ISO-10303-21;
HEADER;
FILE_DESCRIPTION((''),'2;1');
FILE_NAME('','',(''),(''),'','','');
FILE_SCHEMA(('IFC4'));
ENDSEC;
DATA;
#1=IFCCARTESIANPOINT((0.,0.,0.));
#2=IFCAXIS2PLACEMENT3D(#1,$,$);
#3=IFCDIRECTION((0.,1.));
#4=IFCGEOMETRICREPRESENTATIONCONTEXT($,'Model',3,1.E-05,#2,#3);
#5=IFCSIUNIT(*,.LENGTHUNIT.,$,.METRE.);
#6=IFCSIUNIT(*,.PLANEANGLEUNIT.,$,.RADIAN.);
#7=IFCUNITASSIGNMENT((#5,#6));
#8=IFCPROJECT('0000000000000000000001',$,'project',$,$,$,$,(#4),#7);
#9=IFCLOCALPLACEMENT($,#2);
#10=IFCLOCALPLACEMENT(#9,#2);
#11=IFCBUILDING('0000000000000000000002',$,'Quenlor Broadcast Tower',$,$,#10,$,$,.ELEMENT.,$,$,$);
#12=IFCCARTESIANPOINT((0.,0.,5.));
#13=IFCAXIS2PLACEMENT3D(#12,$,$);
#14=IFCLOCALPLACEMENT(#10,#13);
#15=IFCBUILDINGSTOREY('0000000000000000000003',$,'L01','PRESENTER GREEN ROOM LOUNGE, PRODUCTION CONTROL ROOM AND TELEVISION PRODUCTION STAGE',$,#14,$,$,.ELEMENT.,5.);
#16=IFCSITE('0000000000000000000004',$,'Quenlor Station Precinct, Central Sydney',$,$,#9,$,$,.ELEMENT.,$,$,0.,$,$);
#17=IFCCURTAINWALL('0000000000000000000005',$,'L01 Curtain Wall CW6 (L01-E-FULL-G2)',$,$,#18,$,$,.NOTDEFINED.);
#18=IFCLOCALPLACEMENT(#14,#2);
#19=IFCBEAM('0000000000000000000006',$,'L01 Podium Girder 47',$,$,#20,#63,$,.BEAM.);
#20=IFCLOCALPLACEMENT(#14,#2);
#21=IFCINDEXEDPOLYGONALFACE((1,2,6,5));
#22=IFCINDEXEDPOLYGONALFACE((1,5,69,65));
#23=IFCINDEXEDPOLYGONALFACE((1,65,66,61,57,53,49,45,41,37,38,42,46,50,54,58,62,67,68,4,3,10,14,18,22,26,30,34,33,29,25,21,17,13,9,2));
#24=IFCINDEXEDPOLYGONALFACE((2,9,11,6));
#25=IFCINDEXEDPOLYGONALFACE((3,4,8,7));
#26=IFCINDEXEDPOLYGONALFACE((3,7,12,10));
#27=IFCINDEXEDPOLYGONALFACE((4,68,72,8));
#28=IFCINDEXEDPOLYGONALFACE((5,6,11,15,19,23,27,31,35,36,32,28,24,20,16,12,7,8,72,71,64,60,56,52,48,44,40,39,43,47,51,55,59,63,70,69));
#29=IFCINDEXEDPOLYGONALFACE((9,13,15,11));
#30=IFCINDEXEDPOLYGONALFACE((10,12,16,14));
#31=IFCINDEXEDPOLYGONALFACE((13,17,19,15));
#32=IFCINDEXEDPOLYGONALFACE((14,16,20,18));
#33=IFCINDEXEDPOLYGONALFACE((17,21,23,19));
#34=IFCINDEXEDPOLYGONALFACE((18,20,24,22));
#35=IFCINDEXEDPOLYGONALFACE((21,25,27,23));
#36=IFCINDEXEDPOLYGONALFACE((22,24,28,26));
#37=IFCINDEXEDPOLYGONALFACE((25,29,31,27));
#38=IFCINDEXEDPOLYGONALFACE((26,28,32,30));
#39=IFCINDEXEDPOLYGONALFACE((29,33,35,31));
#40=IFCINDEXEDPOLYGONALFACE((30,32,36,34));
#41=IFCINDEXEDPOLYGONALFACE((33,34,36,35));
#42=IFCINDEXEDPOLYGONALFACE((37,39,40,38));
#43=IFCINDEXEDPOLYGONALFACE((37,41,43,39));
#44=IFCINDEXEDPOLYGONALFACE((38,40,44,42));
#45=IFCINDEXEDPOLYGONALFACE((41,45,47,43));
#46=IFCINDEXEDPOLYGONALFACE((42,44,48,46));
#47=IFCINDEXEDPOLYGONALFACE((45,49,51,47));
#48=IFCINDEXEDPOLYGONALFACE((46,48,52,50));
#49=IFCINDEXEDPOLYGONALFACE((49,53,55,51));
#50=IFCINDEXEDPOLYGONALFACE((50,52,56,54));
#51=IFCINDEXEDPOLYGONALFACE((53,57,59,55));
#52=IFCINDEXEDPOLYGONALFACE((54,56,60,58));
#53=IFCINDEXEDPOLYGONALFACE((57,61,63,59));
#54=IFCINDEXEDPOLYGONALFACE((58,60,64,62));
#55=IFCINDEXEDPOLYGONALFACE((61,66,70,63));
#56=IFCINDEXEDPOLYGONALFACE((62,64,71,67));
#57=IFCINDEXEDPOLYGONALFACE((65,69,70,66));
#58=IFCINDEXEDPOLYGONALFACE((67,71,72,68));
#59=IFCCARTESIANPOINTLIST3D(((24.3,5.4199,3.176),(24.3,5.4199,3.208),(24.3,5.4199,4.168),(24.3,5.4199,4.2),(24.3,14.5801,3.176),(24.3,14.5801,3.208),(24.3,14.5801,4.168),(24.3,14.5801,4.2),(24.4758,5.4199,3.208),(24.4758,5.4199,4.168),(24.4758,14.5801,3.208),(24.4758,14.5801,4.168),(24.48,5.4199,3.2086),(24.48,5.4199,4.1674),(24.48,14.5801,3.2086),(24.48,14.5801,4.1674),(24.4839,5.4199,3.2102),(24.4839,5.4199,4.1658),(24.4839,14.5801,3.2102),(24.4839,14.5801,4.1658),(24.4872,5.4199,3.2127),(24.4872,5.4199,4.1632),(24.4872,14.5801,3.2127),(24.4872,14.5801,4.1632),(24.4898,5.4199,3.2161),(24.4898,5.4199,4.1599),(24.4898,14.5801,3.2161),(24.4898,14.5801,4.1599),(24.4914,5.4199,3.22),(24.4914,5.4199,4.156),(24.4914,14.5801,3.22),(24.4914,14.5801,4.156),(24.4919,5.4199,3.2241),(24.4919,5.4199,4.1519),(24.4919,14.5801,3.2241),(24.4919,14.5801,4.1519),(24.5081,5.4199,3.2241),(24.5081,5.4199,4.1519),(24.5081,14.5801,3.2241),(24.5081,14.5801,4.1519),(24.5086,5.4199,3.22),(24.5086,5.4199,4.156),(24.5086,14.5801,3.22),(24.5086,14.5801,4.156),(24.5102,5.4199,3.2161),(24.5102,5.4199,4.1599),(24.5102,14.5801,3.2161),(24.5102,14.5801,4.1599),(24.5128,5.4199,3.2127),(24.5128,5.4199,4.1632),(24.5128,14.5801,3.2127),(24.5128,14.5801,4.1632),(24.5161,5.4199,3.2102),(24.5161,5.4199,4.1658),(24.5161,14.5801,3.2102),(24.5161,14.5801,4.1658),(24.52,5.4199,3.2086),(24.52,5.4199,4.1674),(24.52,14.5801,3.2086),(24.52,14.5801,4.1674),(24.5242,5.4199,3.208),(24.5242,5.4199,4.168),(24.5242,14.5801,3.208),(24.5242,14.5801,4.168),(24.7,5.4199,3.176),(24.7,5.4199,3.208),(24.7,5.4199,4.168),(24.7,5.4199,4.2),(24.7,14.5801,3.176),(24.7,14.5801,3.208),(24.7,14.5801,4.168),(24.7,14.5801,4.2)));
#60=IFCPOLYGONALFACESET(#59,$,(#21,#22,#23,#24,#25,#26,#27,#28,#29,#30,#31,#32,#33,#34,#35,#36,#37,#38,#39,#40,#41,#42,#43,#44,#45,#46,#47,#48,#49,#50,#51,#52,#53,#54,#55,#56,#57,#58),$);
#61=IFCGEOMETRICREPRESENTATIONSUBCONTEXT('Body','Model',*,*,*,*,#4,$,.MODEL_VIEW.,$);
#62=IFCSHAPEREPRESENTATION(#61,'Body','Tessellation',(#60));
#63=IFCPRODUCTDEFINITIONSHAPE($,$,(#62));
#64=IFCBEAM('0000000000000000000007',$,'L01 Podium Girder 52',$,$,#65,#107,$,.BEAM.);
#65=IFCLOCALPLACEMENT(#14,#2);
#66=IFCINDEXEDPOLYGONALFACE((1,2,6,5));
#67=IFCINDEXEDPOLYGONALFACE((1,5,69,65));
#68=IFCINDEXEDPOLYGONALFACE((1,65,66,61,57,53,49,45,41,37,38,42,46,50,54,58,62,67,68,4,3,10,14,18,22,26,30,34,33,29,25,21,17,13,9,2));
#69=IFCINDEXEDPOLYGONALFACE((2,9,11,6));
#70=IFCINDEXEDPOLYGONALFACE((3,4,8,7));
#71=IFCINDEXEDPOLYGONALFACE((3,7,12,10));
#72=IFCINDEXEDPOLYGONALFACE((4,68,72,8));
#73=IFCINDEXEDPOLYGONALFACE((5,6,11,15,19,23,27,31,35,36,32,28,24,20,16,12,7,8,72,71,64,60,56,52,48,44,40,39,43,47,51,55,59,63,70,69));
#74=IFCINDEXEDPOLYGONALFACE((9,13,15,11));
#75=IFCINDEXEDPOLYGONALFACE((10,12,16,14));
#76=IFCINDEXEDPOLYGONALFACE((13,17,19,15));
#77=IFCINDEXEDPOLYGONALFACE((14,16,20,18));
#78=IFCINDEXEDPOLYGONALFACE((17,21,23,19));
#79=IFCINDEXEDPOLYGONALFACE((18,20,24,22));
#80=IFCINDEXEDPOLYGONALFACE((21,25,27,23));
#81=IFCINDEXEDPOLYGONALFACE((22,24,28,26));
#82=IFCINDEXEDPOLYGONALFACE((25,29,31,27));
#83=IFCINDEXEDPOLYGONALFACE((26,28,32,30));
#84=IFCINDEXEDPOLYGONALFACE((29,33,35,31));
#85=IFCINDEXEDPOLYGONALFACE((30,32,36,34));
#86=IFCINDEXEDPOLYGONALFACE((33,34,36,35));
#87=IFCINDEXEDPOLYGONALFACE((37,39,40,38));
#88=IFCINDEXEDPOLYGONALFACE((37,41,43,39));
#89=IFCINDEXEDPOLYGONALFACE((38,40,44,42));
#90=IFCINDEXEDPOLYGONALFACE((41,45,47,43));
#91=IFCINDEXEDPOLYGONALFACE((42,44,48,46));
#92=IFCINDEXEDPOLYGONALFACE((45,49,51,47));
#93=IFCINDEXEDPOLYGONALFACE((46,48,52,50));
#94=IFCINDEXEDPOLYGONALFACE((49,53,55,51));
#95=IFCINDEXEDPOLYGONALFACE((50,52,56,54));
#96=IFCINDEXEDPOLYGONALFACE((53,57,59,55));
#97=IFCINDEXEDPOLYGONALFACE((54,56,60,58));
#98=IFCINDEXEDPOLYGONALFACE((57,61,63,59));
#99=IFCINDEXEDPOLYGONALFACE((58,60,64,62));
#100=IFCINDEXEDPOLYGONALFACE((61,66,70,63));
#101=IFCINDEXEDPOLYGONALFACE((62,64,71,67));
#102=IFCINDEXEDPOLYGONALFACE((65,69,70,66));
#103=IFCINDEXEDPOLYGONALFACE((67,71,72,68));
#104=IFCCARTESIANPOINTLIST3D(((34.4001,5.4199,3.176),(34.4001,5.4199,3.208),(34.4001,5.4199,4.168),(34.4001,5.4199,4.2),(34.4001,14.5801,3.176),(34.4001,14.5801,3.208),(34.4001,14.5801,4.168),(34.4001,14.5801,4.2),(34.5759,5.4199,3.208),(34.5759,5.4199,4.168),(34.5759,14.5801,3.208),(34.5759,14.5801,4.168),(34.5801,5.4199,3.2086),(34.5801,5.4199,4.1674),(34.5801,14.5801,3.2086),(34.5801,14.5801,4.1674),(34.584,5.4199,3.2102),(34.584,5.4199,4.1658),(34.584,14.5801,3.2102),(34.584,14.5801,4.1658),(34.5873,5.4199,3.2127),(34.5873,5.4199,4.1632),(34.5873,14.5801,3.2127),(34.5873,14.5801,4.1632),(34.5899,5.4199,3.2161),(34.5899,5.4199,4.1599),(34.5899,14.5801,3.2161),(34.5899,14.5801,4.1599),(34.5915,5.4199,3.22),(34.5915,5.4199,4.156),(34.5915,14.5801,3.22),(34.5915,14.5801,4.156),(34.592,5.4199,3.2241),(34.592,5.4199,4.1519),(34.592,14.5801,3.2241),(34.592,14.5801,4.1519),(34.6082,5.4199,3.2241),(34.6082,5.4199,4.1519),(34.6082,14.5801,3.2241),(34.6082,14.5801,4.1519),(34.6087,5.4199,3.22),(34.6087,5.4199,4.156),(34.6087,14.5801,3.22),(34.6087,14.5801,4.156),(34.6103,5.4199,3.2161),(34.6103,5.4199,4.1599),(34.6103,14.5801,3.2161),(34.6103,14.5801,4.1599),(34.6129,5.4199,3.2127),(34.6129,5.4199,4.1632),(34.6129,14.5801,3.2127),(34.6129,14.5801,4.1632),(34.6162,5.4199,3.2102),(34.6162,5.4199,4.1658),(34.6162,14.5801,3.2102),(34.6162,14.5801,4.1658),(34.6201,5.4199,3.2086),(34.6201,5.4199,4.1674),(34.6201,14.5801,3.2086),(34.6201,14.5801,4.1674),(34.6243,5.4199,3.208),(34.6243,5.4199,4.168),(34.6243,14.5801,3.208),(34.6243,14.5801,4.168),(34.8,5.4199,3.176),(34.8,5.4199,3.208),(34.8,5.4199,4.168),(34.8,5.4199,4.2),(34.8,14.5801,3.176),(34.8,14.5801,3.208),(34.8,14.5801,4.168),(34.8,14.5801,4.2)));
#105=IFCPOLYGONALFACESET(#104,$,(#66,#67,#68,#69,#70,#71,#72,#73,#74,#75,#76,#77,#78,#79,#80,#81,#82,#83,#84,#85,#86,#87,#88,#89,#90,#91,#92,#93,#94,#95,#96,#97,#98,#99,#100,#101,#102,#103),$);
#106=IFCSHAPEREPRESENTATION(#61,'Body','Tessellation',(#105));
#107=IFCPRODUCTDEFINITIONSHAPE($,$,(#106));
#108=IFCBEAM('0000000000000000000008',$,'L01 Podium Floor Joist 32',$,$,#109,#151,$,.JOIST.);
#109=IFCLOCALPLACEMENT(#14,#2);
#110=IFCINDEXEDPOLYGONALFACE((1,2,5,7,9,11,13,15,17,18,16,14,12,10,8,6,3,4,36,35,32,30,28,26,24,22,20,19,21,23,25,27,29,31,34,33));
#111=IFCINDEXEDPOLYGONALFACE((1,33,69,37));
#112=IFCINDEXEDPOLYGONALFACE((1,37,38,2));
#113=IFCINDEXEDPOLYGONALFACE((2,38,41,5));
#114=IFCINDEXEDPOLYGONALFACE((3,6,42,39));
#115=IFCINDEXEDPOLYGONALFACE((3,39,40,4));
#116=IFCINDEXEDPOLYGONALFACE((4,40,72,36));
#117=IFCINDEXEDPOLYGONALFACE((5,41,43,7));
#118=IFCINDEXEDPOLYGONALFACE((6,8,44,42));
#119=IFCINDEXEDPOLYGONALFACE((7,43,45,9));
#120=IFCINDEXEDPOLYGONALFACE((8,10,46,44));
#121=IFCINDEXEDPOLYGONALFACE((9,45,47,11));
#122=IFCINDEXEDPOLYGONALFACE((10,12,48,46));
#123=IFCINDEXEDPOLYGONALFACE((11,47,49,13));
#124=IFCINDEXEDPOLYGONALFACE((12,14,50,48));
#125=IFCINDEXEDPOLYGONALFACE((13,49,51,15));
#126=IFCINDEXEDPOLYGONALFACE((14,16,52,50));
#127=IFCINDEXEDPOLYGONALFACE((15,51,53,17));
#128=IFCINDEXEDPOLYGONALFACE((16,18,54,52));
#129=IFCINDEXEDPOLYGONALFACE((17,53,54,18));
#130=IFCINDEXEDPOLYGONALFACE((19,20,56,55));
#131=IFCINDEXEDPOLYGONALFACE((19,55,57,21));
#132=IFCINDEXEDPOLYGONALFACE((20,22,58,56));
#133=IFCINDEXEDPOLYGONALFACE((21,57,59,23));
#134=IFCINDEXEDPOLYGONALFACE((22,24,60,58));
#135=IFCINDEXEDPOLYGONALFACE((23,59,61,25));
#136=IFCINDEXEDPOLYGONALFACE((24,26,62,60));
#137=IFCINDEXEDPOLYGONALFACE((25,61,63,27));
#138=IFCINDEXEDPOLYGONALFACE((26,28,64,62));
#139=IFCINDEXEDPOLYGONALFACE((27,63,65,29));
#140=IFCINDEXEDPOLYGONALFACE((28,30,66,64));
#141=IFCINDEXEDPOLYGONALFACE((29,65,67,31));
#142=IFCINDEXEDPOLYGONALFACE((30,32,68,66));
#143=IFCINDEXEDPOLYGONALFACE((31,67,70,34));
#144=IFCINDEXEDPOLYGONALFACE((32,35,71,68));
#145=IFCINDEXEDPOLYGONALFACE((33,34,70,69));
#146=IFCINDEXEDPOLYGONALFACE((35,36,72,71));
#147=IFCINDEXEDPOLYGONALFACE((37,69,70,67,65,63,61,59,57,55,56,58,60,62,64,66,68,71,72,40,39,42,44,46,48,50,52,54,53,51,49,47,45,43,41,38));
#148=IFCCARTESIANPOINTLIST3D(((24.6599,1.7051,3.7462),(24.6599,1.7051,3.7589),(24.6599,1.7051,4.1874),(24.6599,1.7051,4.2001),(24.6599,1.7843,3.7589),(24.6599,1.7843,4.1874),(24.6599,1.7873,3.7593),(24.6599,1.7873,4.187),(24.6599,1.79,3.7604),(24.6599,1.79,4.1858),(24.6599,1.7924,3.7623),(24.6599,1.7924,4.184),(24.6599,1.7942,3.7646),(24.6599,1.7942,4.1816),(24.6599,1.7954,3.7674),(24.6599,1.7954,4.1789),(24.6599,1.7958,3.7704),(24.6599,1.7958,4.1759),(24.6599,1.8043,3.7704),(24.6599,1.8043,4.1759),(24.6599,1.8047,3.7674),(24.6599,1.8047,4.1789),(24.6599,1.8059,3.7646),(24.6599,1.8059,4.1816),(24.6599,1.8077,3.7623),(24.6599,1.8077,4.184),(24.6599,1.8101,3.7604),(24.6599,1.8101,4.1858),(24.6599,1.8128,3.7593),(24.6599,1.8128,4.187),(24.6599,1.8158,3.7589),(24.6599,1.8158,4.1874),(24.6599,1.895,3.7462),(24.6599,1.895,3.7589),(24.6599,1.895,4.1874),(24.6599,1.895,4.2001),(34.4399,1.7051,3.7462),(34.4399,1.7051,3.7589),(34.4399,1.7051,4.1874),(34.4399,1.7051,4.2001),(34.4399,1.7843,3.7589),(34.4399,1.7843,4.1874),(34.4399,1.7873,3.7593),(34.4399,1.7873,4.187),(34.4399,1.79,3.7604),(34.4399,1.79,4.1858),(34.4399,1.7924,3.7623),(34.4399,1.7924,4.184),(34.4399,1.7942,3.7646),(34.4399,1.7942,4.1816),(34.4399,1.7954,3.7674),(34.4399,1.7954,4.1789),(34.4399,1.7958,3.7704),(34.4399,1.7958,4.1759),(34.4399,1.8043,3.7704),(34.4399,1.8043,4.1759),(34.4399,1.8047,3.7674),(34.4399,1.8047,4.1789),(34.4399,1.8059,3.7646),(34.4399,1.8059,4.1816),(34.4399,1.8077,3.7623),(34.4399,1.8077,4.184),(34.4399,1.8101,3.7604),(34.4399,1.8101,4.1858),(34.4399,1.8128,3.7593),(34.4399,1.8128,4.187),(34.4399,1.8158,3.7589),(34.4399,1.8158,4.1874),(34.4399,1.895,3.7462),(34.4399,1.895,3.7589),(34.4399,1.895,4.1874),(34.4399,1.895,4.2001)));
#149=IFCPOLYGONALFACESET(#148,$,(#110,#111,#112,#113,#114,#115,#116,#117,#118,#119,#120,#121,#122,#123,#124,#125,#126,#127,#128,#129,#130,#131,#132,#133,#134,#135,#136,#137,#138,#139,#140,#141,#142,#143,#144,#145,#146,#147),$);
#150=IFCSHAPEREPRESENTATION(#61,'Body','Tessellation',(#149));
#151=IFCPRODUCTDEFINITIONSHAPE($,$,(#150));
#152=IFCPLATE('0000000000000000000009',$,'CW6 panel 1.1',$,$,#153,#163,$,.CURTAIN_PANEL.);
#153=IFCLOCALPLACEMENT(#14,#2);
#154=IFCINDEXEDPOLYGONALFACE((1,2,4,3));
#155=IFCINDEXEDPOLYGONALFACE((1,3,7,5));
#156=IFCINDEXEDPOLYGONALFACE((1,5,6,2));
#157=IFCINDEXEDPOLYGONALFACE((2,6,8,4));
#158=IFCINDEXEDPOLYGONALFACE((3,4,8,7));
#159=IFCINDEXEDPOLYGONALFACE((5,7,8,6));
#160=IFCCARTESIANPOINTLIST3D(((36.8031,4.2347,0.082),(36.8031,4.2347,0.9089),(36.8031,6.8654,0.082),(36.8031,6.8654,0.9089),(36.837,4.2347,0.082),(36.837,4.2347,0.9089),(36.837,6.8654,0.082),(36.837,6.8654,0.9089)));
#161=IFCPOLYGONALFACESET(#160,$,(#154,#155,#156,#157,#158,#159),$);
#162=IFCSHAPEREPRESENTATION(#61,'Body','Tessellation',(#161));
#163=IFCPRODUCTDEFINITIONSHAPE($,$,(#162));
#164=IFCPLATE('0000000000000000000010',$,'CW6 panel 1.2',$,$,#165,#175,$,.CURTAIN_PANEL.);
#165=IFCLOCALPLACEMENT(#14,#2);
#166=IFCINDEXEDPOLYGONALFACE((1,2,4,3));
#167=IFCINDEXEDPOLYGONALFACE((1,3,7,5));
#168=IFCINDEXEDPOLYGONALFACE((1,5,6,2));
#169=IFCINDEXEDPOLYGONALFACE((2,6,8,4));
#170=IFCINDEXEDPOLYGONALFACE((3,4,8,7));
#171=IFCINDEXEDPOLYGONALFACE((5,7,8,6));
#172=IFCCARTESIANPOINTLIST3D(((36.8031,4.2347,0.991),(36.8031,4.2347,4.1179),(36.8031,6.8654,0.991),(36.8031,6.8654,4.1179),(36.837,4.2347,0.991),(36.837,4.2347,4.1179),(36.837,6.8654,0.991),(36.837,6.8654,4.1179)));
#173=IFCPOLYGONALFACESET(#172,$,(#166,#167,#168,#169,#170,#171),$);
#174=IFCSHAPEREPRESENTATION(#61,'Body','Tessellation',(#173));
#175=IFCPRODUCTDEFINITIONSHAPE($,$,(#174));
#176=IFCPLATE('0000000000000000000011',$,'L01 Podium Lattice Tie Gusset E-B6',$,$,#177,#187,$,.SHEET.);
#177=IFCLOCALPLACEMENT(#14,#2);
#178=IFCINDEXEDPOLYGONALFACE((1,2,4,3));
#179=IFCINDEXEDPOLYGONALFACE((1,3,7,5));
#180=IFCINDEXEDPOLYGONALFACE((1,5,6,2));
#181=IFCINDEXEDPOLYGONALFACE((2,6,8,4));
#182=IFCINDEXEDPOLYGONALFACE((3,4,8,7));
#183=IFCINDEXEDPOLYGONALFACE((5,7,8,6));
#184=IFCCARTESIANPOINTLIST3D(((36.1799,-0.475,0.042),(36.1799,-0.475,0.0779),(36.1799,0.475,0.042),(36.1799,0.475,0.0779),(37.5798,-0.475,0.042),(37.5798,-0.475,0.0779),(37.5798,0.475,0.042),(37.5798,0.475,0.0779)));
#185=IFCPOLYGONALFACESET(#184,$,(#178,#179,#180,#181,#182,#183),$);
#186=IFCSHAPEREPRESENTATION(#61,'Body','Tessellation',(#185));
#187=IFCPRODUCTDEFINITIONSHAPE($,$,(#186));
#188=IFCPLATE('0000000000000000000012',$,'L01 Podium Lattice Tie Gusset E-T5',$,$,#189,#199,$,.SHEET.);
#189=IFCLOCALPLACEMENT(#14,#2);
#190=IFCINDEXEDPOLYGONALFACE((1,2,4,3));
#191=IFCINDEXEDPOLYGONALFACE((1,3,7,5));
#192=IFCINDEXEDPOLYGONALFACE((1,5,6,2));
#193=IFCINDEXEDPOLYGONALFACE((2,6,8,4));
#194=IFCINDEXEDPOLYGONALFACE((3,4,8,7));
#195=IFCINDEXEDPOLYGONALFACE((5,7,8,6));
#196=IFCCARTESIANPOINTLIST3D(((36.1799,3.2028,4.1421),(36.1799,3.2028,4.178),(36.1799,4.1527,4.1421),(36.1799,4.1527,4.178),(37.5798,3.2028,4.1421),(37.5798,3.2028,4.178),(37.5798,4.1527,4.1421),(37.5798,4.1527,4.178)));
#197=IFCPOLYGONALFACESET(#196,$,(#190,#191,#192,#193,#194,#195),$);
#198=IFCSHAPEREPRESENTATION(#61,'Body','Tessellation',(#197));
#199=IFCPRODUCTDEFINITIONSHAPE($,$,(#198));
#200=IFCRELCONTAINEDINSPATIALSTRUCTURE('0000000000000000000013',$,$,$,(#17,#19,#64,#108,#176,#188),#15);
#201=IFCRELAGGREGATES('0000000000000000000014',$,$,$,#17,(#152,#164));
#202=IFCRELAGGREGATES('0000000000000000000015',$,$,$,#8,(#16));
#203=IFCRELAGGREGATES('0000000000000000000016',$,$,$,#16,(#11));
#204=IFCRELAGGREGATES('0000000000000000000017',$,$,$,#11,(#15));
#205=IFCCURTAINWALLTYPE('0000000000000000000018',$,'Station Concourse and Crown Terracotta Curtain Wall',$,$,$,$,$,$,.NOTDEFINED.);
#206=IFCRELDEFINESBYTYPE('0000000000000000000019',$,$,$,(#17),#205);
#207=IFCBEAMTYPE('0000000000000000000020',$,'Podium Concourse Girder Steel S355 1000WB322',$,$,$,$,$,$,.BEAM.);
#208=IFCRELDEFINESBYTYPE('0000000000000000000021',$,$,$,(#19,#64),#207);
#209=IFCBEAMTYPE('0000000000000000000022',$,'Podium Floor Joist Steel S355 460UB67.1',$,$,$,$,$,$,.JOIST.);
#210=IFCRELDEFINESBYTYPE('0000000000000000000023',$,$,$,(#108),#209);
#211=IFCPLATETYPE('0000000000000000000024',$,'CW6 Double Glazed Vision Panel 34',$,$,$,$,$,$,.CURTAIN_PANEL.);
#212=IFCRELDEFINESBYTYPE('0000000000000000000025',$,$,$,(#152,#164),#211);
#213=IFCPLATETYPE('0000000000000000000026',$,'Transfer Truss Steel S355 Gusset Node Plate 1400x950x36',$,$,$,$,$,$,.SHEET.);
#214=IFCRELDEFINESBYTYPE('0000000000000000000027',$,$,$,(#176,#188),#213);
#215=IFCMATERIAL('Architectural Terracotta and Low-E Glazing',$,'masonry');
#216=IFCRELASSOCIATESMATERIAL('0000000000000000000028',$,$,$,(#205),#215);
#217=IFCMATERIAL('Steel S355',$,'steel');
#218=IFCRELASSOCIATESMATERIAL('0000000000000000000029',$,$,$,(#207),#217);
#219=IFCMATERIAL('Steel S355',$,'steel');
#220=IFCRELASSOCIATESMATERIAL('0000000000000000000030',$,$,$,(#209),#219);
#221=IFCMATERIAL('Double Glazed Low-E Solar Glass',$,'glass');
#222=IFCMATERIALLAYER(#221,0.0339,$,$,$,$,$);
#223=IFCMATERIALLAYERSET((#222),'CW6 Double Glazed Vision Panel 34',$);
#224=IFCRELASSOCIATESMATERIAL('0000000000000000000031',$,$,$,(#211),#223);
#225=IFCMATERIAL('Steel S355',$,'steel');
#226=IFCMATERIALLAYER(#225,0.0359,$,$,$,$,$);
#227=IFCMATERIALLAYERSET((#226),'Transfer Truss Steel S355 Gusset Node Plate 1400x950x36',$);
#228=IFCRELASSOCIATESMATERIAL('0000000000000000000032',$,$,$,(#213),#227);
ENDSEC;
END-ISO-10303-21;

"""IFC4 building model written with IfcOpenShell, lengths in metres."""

from ifc_helpers import new_model, si_unit, direction, frame, origin, origin_2d, place, context, subcontext, project, spatial, rectangle, i_section, extrude, material, layer, layer_set, material_profile, profile_set, type_object, element, aggregate, save


model = new_model("IFC4")

# Units and contexts
model_context = context("Model", 3, precision=1e-05, world=origin(), true_north=direction((0.0, 1.0)))
body_context = subcontext(model_context, "Body", "Model", "MODEL_VIEW")
ifc_project = project(units=[si_unit("LENGTHUNIT", "METRE"), si_unit("PLANEANGLEUNIT", "RADIAN")], contexts=[model_context])

# Site, building, storey
site_placement = place(None, origin())
site = spatial("IfcSite", under=ifc_project, at=site_placement, Name="Quenlor Station Precinct, Central Sydney", CompositionType="ELEMENT", RefElevation=0.0)
building_placement = place(site_placement, origin())
building = spatial("IfcBuilding", under=site, at=building_placement, Name="Quenlor Broadcast Tower", CompositionType="ELEMENT")
storey_placement = place(building_placement, frame((0.0, 0.0, 5.0)))
storey = spatial("IfcBuildingStorey", under=building, at=storey_placement, Name="L01", Description="PRESENTER GREEN ROOM LOUNGE, PRODUCTION CONTROL ROOM AND TELEVISION PRODUCTION STAGE", CompositionType="ELEMENT", Elevation=5.0)

# Curtain wall
ifc_material_1 = material(Name="Architectural Terracotta and Low-E Glazing", Category="masonry")
curtain_wall_type = type_object("IfcCurtainWallType", Name="Station Concourse and Crown Terracotta Curtain Wall", PredefinedType="NOTDEFINED", material=ifc_material_1)
curtain_wall_placement = place(storey_placement, origin())
curtain_wall = element("IfcCurtainWall", 1, at=curtain_wall_placement, inside=storey, type_object=curtain_wall_type, Name="L01 Curtain Wall CW6 (L01-E-FULL-G2)", PredefinedType="NOTDEFINED")

# Beams
ifc_material_2 = material(Name="Steel S355", Category="steel")
ifc_material_profile_1 = material_profile(ifc_material_2, i_section(OverallWidth=0.3999, OverallDepth=1.0239, WebThickness=0.0161, FlangeThickness=0.032, FilletRadius=0.0161, at=origin_2d()))
ifc_profile_set_1 = profile_set([ifc_material_profile_1], Name="Steel S355 1000WB322")
beam_type_1 = type_object("IfcBeamType", Name="Podium Concourse Girder Steel S355 1000WB322", PredefinedType="BEAM", material=ifc_profile_set_1)
for number, where, z_axis, x_axis, name in (
    (2, (24.5, 5.4199, 3.688), (0.0, 1.0, 0.0), (-1.0, 0.0, 0.0), "L01 Podium Girder 47"),
    (3, (34.6001, 5.4199, 3.688), (0.0, 1.0, 0.0), (-1.0, 0.0, 0.0), "L01 Podium Girder 52"),
):
    element("IfcBeam", number, at=place(storey_placement, frame(where, z_axis=z_axis, x_axis=x_axis)), inside=storey, type_object=beam_type_1, Name=name, PredefinedType="BEAM", context=body_context, shape_type="SweptSolid", body=[
        extrude(i_section(OverallWidth=0.3999, OverallDepth=1.0239, WebThickness=0.0161, FlangeThickness=0.032, FilletRadius=0.0161, at=origin_2d()), origin(), (0.0, 0.0, 1.0), 9.1602),
    ])
ifc_material_3 = material(Name="Steel S355", Category="steel")
ifc_material_profile_2 = material_profile(ifc_material_3, i_section(OverallWidth=0.1899, OverallDepth=0.4539, WebThickness=0.0085, FlangeThickness=0.0127, FilletRadius=0.0115, at=origin_2d()))
ifc_profile_set_2 = profile_set([ifc_material_profile_2], Name="Steel S355 460UB67.1")
beam_type_2 = type_object("IfcBeamType", Name="Podium Floor Joist Steel S355 460UB67.1", PredefinedType="JOIST", material=ifc_profile_set_2)
beam_1_placement = place(storey_placement, frame((24.6599, 1.8, 3.9731), z_axis=(1.0, 0.0, 0.0), x_axis=(0.0, 1.0, 0.0)))
element("IfcBeam", 4, at=beam_1_placement, inside=storey, type_object=beam_type_2, Name="L01 Podium Floor Joist 32", PredefinedType="JOIST", context=body_context, shape_type="SweptSolid", body=[
    extrude(i_section(OverallWidth=0.1899, OverallDepth=0.4539, WebThickness=0.0085, FlangeThickness=0.0127, FilletRadius=0.0115, at=origin_2d()), origin(), (0.0, 0.0, 1.0), 9.78),
])

# Plates
ifc_material_4 = material(Name="Double Glazed Low-E Solar Glass", Category="glass")
ifc_layer_1 = layer(ifc_material_4, 0.0339)
ifc_layer_set_1 = layer_set([ifc_layer_1], Name="CW6 Double Glazed Vision Panel 34")
plate_type_1 = type_object("IfcPlateType", Name="CW6 Double Glazed Vision Panel 34", PredefinedType="CURTAIN_PANEL", material=ifc_layer_set_1)
plate_1_placement = place(storey_placement, frame((36.8201, 5.55, 0.082), z_axis=(0.0, 0.0, 1.0), x_axis=(0.0, -1.0, 0.0)))
plate_1 = element("IfcPlate", 5, at=plate_1_placement, type_object=plate_type_1, Name="CW6 panel 1.1", PredefinedType="CURTAIN_PANEL", context=body_context, shape_type="SweptSolid", body=[
    extrude(rectangle(XDim=2.6306, YDim=0.0339, at=origin_2d()), origin(), (0.0, 0.0, 1.0), 0.8269),
])
plate_2_placement = place(storey_placement, frame((36.8201, 5.55, 0.991), z_axis=(0.0, 0.0, 1.0), x_axis=(0.0, -1.0, 0.0)))
plate_2 = element("IfcPlate", 6, at=plate_2_placement, type_object=plate_type_1, Name="CW6 panel 1.2", PredefinedType="CURTAIN_PANEL", context=body_context, shape_type="SweptSolid", body=[
    extrude(rectangle(XDim=2.6306, YDim=0.0339, at=origin_2d()), origin(), (0.0, 0.0, 1.0), 3.127),
])
aggregate(curtain_wall, [plate_1, plate_2])

# Plates
ifc_material_5 = material(Name="Steel S355", Category="steel")
ifc_layer_2 = layer(ifc_material_5, 0.0359)
ifc_layer_set_2 = layer_set([ifc_layer_2], Name="Transfer Truss Steel S355 Gusset Node Plate 1400x950x36")
plate_type_2 = type_object("IfcPlateType", Name="Transfer Truss Steel S355 Gusset Node Plate 1400x950x36", PredefinedType="SHEET", material=ifc_layer_set_2)
for number, where, z_axis, x_axis, name in (
    (7, (36.8799, 0.0, 0.042), (0.0, 0.0, 1.0), (1.0, 0.0, 0.0), "L01 Podium Lattice Tie Gusset E-B6"),
    (8, (36.8799, 3.6777, 4.1421), (0.0, 0.0, 1.0), (1.0, 0.0, 0.0), "L01 Podium Lattice Tie Gusset E-T5"),
):
    element("IfcPlate", number, at=place(storey_placement, frame(where, z_axis=z_axis, x_axis=x_axis)), inside=storey, type_object=plate_type_2, Name=name, PredefinedType="SHEET", context=body_context, shape_type="SweptSolid", body=[
        extrude(rectangle(XDim=1.3999, YDim=0.95, at=origin_2d()), origin(), (0.0, 0.0, 1.0), 0.0359),
    ])

save(model, "model.ifc")
